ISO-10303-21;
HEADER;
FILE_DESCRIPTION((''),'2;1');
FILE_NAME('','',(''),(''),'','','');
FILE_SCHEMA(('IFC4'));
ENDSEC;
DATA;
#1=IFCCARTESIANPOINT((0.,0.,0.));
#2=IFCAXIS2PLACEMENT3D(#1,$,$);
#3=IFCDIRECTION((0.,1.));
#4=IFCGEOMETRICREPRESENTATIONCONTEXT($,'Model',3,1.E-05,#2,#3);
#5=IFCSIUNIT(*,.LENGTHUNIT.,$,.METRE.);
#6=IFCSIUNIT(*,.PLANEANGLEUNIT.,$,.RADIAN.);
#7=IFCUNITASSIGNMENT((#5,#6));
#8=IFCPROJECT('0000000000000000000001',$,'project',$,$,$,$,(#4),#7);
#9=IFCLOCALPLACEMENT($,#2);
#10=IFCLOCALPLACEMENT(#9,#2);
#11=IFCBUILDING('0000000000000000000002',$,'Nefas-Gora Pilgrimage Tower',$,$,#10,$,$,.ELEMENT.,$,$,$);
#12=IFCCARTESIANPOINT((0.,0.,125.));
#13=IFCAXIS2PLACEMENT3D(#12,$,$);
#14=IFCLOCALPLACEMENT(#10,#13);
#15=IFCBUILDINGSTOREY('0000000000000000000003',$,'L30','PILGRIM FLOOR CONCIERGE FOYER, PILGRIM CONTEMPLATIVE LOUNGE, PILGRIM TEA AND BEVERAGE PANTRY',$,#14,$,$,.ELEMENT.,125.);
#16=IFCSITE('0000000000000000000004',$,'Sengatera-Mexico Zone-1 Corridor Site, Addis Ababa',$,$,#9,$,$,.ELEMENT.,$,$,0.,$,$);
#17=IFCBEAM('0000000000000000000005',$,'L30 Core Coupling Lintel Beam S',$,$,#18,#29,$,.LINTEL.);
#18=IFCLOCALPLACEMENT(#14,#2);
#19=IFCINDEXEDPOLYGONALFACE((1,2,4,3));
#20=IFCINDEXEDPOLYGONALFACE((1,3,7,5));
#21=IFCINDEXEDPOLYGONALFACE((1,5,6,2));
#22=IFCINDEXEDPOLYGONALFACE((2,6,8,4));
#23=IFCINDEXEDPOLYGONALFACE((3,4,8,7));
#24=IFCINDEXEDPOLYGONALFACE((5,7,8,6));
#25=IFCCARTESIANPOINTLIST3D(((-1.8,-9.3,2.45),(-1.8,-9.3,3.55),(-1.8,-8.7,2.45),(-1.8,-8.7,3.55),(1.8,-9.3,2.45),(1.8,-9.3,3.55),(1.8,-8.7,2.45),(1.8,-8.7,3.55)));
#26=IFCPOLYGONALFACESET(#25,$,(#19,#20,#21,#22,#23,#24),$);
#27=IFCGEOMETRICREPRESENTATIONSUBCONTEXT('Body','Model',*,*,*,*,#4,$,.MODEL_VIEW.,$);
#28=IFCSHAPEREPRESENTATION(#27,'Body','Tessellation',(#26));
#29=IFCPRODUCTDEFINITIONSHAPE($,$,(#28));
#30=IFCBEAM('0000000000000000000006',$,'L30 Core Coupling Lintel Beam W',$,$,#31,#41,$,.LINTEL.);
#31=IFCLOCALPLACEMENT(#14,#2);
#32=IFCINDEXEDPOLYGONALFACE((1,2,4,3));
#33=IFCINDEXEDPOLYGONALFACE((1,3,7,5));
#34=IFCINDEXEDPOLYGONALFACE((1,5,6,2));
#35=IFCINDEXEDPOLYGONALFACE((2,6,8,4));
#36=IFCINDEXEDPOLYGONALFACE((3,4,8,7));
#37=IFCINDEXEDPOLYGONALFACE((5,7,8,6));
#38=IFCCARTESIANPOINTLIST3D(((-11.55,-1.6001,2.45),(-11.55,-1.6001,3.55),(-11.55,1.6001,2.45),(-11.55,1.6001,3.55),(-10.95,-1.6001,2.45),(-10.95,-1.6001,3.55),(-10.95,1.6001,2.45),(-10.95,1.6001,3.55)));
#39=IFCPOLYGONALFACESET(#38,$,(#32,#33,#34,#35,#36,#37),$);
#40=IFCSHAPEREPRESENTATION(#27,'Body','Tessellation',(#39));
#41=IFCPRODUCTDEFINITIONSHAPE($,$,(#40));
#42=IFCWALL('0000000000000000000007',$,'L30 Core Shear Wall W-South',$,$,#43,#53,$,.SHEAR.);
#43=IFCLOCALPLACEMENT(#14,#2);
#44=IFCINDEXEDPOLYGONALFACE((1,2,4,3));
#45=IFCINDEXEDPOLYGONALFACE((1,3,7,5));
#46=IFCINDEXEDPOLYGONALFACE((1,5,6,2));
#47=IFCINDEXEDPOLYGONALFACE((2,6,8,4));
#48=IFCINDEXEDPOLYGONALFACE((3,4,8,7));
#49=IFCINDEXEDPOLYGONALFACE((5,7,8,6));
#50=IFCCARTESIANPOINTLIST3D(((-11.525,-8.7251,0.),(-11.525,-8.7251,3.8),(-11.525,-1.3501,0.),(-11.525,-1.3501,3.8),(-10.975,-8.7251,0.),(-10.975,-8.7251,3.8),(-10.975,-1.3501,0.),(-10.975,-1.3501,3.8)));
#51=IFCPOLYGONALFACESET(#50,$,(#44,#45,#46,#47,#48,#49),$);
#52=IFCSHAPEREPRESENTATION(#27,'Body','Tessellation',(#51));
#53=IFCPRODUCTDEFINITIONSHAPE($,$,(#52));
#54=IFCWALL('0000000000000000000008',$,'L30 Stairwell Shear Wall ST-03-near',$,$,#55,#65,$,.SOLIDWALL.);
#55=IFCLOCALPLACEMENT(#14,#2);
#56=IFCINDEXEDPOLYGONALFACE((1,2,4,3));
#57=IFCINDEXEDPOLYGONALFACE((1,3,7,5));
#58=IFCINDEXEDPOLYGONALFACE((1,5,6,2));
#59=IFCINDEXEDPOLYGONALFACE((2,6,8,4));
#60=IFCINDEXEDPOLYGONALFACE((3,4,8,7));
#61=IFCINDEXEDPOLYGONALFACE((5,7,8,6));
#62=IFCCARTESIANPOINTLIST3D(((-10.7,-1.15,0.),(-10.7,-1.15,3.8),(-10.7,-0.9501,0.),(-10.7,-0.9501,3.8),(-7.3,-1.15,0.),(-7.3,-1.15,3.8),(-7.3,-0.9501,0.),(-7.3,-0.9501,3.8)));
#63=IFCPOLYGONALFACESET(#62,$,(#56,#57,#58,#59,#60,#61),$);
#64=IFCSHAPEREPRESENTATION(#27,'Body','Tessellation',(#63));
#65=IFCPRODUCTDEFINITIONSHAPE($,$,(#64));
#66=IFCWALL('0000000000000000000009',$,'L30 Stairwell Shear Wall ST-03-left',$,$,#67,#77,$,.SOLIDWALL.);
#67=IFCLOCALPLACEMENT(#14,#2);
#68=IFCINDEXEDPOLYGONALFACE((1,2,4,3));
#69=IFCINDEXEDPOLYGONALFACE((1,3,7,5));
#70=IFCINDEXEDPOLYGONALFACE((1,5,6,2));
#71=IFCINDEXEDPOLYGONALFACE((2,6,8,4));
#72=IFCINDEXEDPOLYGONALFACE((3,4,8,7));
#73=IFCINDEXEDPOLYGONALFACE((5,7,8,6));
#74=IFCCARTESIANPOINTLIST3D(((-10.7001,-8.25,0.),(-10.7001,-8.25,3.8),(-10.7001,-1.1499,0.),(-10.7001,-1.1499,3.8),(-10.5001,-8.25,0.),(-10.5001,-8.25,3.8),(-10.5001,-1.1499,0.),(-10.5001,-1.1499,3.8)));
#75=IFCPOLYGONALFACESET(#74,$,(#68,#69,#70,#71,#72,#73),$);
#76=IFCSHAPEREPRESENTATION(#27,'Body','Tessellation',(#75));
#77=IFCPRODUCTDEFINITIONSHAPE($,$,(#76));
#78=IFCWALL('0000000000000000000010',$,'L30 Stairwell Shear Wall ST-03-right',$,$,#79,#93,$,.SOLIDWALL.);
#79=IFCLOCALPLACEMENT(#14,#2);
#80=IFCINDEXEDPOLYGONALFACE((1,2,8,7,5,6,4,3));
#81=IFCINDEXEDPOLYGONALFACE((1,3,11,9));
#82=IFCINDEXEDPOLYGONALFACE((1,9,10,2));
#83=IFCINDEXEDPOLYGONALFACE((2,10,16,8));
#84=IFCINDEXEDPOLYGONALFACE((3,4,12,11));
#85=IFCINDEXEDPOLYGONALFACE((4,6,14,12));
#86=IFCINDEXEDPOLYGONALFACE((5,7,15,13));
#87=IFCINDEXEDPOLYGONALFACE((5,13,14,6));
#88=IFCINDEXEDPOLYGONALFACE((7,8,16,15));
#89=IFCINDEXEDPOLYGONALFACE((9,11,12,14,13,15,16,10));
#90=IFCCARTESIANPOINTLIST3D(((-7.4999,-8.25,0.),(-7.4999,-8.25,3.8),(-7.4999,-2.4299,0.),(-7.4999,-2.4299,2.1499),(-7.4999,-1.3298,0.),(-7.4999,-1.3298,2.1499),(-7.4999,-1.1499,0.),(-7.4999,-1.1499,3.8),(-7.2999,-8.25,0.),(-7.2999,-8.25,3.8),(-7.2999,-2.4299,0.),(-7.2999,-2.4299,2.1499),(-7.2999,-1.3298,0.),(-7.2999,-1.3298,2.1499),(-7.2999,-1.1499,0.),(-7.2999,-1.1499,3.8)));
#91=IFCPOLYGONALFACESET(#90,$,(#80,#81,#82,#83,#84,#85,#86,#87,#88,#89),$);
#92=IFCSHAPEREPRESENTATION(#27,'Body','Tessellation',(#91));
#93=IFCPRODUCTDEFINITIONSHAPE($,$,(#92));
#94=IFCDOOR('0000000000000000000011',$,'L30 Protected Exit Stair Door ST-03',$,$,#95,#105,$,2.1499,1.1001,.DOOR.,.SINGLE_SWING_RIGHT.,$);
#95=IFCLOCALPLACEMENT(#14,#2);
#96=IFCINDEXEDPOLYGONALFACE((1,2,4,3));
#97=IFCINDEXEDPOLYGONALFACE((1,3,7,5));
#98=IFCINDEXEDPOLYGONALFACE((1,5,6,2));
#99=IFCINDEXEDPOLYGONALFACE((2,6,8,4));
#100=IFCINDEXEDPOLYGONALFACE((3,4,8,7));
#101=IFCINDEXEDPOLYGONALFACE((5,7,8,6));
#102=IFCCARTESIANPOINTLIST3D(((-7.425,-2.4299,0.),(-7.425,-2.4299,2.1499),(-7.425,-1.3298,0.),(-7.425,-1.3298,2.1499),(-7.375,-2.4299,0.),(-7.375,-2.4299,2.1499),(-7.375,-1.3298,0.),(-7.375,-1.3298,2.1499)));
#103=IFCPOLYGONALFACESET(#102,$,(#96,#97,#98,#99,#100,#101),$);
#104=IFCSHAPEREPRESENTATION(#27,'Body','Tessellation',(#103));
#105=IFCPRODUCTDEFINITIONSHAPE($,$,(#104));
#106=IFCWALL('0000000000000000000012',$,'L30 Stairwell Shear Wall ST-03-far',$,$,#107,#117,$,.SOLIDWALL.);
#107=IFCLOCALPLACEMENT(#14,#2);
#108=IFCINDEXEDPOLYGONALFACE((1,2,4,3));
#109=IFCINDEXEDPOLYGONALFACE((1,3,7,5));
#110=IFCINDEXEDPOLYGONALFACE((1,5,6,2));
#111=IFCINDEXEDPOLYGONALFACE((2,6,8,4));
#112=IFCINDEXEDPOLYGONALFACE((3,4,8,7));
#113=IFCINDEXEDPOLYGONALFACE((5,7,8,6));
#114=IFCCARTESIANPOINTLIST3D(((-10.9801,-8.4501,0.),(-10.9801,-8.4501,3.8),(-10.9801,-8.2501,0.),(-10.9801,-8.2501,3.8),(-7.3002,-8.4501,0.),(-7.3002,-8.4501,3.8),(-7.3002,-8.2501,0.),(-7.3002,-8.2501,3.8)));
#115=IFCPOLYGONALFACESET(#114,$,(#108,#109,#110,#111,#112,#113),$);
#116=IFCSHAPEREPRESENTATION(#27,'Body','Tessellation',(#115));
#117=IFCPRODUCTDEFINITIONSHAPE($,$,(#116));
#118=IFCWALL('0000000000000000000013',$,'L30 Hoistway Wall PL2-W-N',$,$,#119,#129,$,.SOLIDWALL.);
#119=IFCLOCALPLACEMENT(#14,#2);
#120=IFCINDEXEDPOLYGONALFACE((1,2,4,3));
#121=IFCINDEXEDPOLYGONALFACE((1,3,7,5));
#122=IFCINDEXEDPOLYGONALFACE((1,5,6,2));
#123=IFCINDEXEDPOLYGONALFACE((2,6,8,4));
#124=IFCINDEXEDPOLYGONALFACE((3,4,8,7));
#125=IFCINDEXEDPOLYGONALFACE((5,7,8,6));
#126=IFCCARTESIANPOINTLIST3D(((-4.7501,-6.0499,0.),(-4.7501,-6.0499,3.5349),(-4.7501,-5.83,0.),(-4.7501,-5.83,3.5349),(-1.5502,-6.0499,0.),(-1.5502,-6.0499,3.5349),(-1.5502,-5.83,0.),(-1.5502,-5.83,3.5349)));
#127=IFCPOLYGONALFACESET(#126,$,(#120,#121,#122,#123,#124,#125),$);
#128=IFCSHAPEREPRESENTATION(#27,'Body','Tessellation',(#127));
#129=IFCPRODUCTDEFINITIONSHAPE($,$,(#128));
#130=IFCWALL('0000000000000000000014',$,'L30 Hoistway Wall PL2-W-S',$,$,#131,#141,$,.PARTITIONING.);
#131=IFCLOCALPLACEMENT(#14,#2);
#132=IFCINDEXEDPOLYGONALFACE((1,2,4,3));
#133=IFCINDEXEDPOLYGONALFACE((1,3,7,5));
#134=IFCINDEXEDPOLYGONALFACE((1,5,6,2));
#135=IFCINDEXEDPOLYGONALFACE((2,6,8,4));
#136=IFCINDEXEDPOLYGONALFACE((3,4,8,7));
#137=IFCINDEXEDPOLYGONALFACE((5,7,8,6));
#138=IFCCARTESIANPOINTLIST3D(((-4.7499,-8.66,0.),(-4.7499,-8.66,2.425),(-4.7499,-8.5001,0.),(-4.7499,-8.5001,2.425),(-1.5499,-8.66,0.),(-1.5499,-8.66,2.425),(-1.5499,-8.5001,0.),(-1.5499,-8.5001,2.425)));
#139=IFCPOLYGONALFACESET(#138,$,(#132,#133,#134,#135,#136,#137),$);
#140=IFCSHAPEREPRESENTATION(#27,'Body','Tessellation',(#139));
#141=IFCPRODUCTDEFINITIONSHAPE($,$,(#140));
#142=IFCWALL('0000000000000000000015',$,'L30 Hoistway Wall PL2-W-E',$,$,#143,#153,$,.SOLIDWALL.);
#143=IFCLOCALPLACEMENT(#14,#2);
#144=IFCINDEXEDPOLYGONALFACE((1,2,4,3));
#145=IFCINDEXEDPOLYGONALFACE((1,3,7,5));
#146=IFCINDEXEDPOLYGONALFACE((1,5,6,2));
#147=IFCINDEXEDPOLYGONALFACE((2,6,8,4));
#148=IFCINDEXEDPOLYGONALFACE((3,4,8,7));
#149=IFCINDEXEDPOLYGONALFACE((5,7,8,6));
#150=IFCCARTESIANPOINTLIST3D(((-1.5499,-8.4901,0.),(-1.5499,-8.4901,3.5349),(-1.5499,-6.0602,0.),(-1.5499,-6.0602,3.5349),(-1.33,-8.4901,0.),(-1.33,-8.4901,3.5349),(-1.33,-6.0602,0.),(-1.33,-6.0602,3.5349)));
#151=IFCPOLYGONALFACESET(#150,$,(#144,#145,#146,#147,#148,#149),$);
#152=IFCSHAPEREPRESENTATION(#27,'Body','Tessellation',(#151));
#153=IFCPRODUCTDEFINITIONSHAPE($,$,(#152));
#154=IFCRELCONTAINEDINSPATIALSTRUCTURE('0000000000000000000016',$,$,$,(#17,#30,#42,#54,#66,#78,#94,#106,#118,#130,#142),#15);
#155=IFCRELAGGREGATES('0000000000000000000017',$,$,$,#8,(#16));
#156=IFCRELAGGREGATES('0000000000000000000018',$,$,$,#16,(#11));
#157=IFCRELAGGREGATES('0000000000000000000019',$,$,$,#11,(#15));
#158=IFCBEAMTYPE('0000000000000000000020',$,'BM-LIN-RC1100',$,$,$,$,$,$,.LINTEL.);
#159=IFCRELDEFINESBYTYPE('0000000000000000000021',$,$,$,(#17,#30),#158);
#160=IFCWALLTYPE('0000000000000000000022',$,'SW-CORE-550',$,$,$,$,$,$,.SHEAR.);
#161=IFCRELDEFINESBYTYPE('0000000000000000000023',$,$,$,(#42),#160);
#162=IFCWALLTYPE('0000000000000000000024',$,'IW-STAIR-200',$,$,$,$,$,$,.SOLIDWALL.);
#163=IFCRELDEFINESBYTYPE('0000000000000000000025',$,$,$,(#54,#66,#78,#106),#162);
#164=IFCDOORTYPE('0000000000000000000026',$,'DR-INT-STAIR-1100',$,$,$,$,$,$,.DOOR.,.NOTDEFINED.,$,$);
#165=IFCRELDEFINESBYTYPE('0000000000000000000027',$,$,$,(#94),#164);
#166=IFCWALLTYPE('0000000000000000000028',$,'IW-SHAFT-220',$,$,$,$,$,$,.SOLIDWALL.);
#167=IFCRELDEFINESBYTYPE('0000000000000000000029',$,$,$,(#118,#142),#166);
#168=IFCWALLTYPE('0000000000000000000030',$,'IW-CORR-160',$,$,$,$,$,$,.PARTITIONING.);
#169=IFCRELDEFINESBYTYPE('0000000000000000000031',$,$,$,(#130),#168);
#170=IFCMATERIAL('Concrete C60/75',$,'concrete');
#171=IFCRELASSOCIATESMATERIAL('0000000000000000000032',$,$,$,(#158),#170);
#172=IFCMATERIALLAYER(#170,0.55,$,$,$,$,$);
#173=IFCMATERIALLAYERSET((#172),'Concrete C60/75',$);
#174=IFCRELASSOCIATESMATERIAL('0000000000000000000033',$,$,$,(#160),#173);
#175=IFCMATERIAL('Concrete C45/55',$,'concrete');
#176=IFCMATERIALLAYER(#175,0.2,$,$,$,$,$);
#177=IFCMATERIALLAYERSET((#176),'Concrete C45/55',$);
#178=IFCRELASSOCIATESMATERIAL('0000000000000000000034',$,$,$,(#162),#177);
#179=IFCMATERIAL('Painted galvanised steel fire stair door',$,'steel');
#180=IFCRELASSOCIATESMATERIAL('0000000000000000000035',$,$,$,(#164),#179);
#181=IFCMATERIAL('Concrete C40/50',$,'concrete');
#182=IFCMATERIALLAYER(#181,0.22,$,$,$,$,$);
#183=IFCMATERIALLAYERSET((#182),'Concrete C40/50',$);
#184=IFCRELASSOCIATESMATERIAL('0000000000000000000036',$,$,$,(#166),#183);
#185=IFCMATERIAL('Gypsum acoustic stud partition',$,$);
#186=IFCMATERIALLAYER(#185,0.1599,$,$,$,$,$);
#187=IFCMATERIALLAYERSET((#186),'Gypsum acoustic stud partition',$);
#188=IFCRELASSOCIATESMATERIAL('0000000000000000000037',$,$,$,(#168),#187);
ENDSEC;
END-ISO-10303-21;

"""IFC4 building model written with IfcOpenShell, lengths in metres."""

from ifc_helpers import new_model, si_unit, direction, frame, frame_2d, origin, origin_2d, place, context, subcontext, project, spatial, rectangle, extrude, source, transform, mapped, material, layer, layer_set, material_profile, profile_set, type_object, element, fill, save


model = new_model("IFC4")

# Units and contexts
model_context = context("Model", 3, precision=1e-05, world=origin(), true_north=direction((0.0, 1.0)))
body_context = subcontext(model_context, "Body", "Model", "MODEL_VIEW")
ifc_project = project(units=[si_unit("LENGTHUNIT", "METRE"), si_unit("PLANEANGLEUNIT", "RADIAN")], contexts=[model_context])

# Site, building, storey
site_placement = place(None, origin())
site = spatial("IfcSite", under=ifc_project, at=site_placement, Name="Sengatera-Mexico Zone-1 Corridor Site, Addis Ababa", CompositionType="ELEMENT", RefElevation=0.0)
building_placement = place(site_placement, origin())
building = spatial("IfcBuilding", under=site, at=building_placement, Name="Nefas-Gora Pilgrimage Tower", CompositionType="ELEMENT")
storey_placement = place(building_placement, frame((0.0, 0.0, 125.0)))
storey = spatial("IfcBuildingStorey", under=building, at=storey_placement, Name="L30", Description="PILGRIM FLOOR CONCIERGE FOYER, PILGRIM CONTEMPLATIVE LOUNGE, PILGRIM TEA AND BEVERAGE PANTRY", CompositionType="ELEMENT", Elevation=125.0)

# Beams
ifc_material_1 = material(Name="Concrete C60/75", Category="concrete")
ifc_material_profile = material_profile(ifc_material_1, rectangle(XDim=0.6001, YDim=1.1001, at=origin_2d()), Name="RC 600x1100")
ifc_profile_set = profile_set([ifc_material_profile], Name="Concrete C60/75")
beam_type = type_object("IfcBeamType", Name="BM-LIN-RC1100", PredefinedType="LINTEL", material=ifc_profile_set)
shared_shape_1 = source(origin(), body_context, "Body", "SweptSolid", [
    extrude(rectangle(XDim=0.6001, YDim=1.1001, at=origin_2d()), origin(), (0.0, 0.0, 1.0), 3.6001),
])
beam_1_placement = place(storey_placement, frame((-1.8, -9.0, 3.0), z_axis=(1.0, 0.0, 0.0), x_axis=(0.0, 1.0, 0.0)))
element("IfcBeam", 1, at=beam_1_placement, inside=storey, type_object=beam_type, Name="L30 Core Coupling Lintel Beam S", PredefinedType="LINTEL", context=body_context, shape_type="MappedRepresentation", body=[
    mapped(shared_shape_1, transform((0.0, 0.0, 0.0), x_axis=(1.0, 0.0, 0.0), y_axis=(0.0, 1.0, 0.0), z_axis=(0.0, 0.0, 1.0), scale=1.0)),
])
shared_shape_2 = source(origin(), body_context, "Body", "SweptSolid", [
    extrude(rectangle(XDim=0.6001, YDim=1.1001, at=origin_2d()), origin(), (0.0, 0.0, 1.0), 3.2002),
])
beam_2_placement = place(storey_placement, frame((-11.25, -1.6001, 3.0), z_axis=(0.0, 1.0, 0.0), x_axis=(-1.0, 0.0, 0.0)))
element("IfcBeam", 2, at=beam_2_placement, inside=storey, type_object=beam_type, Name="L30 Core Coupling Lintel Beam W", PredefinedType="LINTEL", context=body_context, shape_type="MappedRepresentation", body=[
    mapped(shared_shape_2, transform((0.0, 0.0, 0.0), x_axis=(1.0, 0.0, 0.0), y_axis=(0.0, 1.0, 0.0), z_axis=(0.0, 0.0, 1.0), scale=1.0)),
])

# Walls
ifc_layer_1 = layer(ifc_material_1, 0.55)
ifc_layer_set_1 = layer_set([ifc_layer_1], Name="Concrete C60/75")
wall_type_1 = type_object("IfcWallType", Name="SW-CORE-550", PredefinedType="SHEAR", material=ifc_layer_set_1)
shared_shape_3 = source(origin(), body_context, "Body", "SweptSolid", [
    extrude(rectangle(XDim=7.375, YDim=0.55, at=frame_2d((3.6875, 0.0))), origin(), (0.0, 0.0, 1.0), 3.8),
])
wall_1_placement = place(storey_placement, frame((-11.25, -8.7251, 0.0), z_axis=(0.0, 0.0, 1.0), x_axis=(0.0, 1.0, 0.0)))
element("IfcWall", 3, at=wall_1_placement, inside=storey, type_object=wall_type_1, Name="L30 Core Shear Wall W-South", PredefinedType="SHEAR", context=body_context, shape_type="MappedRepresentation", body=[
    mapped(shared_shape_3, transform((0.0, 0.0, 0.0), x_axis=(1.0, 0.0, 0.0), y_axis=(0.0, 1.0, 0.0), z_axis=(0.0, 0.0, 1.0), scale=1.0)),
])
ifc_material_2 = material(Name="Concrete C45/55", Category="concrete")
ifc_layer_2 = layer(ifc_material_2, 0.2)
ifc_layer_set_2 = layer_set([ifc_layer_2], Name="Concrete C45/55")
wall_type_2 = type_object("IfcWallType", Name="IW-STAIR-200", PredefinedType="SOLIDWALL", material=ifc_layer_set_2)
shared_shape_4 = source(origin(), body_context, "Body", "SweptSolid", [
    extrude(rectangle(XDim=3.3999, YDim=0.2, at=frame_2d((1.7, 0.0))), origin(), (0.0, 0.0, 1.0), 3.8),
])
wall_2_placement = place(storey_placement, frame((-10.7, -1.05, 0.0), z_axis=(0.0, 0.0, 1.0), x_axis=(1.0, 0.0, 0.0)))
element("IfcWall", 4, at=wall_2_placement, inside=storey, type_object=wall_type_2, Name="L30 Stairwell Shear Wall ST-03-near", PredefinedType="SOLIDWALL", context=body_context, shape_type="MappedRepresentation", body=[
    mapped(shared_shape_4, transform((0.0, 0.0, 0.0), x_axis=(1.0, 0.0, 0.0), y_axis=(0.0, 1.0, 0.0), z_axis=(0.0, 0.0, 1.0), scale=1.0)),
])
shared_shape_5 = source(origin(), body_context, "Body", "SweptSolid", [
    extrude(rectangle(XDim=7.1001, YDim=0.2, at=frame_2d((3.55, 0.0))), origin(), (0.0, 0.0, 1.0), 3.8),
])
wall_3_placement = place(storey_placement, frame((-10.6001, -1.1499, 0.0), z_axis=(0.0, 0.0, 1.0), x_axis=(0.0, -1.0, 0.0)))
element("IfcWall", 5, at=wall_3_placement, inside=storey, type_object=wall_type_2, Name="L30 Stairwell Shear Wall ST-03-left", PredefinedType="SOLIDWALL", context=body_context, shape_type="MappedRepresentation", body=[
    mapped(shared_shape_5, transform((0.0, 0.0, 0.0), x_axis=(1.0, 0.0, 0.0), y_axis=(0.0, 1.0, 0.0), z_axis=(0.0, 0.0, 1.0), scale=1.0)),
])

# Wall, opening, door
wall_4_placement = place(storey_placement, frame((-7.3999, -1.1499, 0.0), z_axis=(0.0, 0.0, 1.0), x_axis=(0.0, -1.0, 0.0)))
wall_4 = element("IfcWall", 6, at=wall_4_placement, inside=storey, type_object=wall_type_2, Name="L30 Stairwell Shear Wall ST-03-right", PredefinedType="SOLIDWALL", context=body_context, shape_type="MappedRepresentation", body=[
    mapped(shared_shape_5, transform((0.0, 0.0, 0.0), x_axis=(1.0, 0.0, 0.0), y_axis=(0.0, 1.0, 0.0), z_axis=(0.0, 0.0, 1.0), scale=1.0)),
])
opening_1_placement = place(wall_4_placement, frame((0.1799, 0.0, 0.0)))
opening_1 = element("IfcOpeningElement", 7, at=opening_1_placement, cuts=wall_4, PredefinedType="OPENING", context=body_context, shape_type="SweptSolid", body=[
    extrude(rectangle(XDim=1.1001, YDim=2.1499, at=frame_2d((0.55, 1.075))), frame((0.0, 0.1099, 0.0), z_axis=(0.0, -1.0, 0.0), x_axis=(1.0, 0.0, 0.0)), (0.0, 0.0, 1.0), 0.22),
])
ifc_material_3 = material(Name="Painted galvanised steel fire stair door", Category="steel")
door_type_1 = type_object("IfcDoorType", Name="DR-INT-STAIR-1100", OperationType="NOTDEFINED", PredefinedType="DOOR", material=ifc_material_3)
shared_shape_6 = source(origin(), body_context, "Body", "SweptSolid", [
    extrude(rectangle(XDim=1.1001, YDim=2.1499, at=frame_2d((0.55, 1.075))), frame((0.0, 0.0249, 0.0), z_axis=(0.0, -1.0, 0.0), x_axis=(1.0, 0.0, 0.0)), (0.0, 0.0, 1.0), 0.05),
])
door_1_placement = place(opening_1_placement, origin())
door_1 = element("IfcDoor", 8, at=door_1_placement, inside=storey, type_object=door_type_1, Name="L30 Protected Exit Stair Door ST-03", OperationType="SINGLE_SWING_RIGHT", OverallHeight=2.1499, OverallWidth=1.1001, PredefinedType="DOOR", context=body_context, shape_type="MappedRepresentation", body=[
    mapped(shared_shape_6, transform((0.0, 0.0, 0.0), x_axis=(1.0, 0.0, 0.0), y_axis=(0.0, 1.0, 0.0), z_axis=(0.0, 0.0, 1.0), scale=1.0)),
])
fill(opening_1, door_1)

# Walls
shared_shape_7 = source(origin(), body_context, "Body", "SweptSolid", [
    extrude(rectangle(XDim=3.6799, YDim=0.2, at=frame_2d((1.8398, 0.0))), origin(), (0.0, 0.0, 1.0), 3.8),
])
wall_5_placement = place(storey_placement, frame((-10.98, -8.3501, 0.0), z_axis=(0.0, 0.0, 1.0), x_axis=(1.0, 0.0, 0.0)))
element("IfcWall", 9, at=wall_5_placement, inside=storey, type_object=wall_type_2, Name="L30 Stairwell Shear Wall ST-03-far", PredefinedType="SOLIDWALL", context=body_context, shape_type="MappedRepresentation", body=[
    mapped(shared_shape_7, transform((0.0, 0.0, 0.0), x_axis=(1.0, 0.0, 0.0), y_axis=(0.0, 1.0, 0.0), z_axis=(0.0, 0.0, 1.0), scale=1.0)),
])
ifc_material_4 = material(Name="Concrete C40/50", Category="concrete")
ifc_layer_3 = layer(ifc_material_4, 0.22)
ifc_layer_set_3 = layer_set([ifc_layer_3], Name="Concrete C40/50")
wall_type_3 = type_object("IfcWallType", Name="IW-SHAFT-220", PredefinedType="SOLIDWALL", material=ifc_layer_set_3)
shared_shape_8 = source(origin(), body_context, "Body", "SweptSolid", [
    extrude(rectangle(XDim=3.2, YDim=0.22, at=frame_2d((1.6001, 0.0))), origin(), (0.0, 0.0, 1.0), 3.5349),
])
wall_6_placement = place(storey_placement, frame((-1.55, -5.9399, 0.0), z_axis=(0.0, 0.0, 1.0), x_axis=(-1.0, 0.0, 0.0)))
element("IfcWall", 10, at=wall_6_placement, inside=storey, type_object=wall_type_3, Name="L30 Hoistway Wall PL2-W-N", PredefinedType="SOLIDWALL", context=body_context, shape_type="MappedRepresentation", body=[
    mapped(shared_shape_8, transform((0.0, 0.0, 0.0), x_axis=(1.0, 0.0, 0.0), y_axis=(0.0, 1.0, 0.0), z_axis=(0.0, 0.0, 1.0), scale=1.0)),
])
ifc_material_5 = material(Name="Gypsum acoustic stud partition")
ifc_layer_4 = layer(ifc_material_5, 0.1599)
ifc_layer_set_4 = layer_set([ifc_layer_4], Name="Gypsum acoustic stud partition")
wall_type_4 = type_object("IfcWallType", Name="IW-CORR-160", PredefinedType="PARTITIONING", material=ifc_layer_set_4)
shared_shape_9 = source(origin(), body_context, "Body", "SweptSolid", [
    extrude(rectangle(XDim=3.2, YDim=0.1599, at=frame_2d((1.6001, 0.0))), origin(), (0.0, 0.0, 1.0), 2.425),
])
wall_7_placement = place(storey_placement, frame((-4.75, -8.5801, 0.0), z_axis=(0.0, 0.0, 1.0), x_axis=(1.0, 0.0, 0.0)))
element("IfcWall", 11, at=wall_7_placement, inside=storey, type_object=wall_type_4, Name="L30 Hoistway Wall PL2-W-S", PredefinedType="PARTITIONING", context=body_context, shape_type="MappedRepresentation", body=[
    mapped(shared_shape_9, transform((0.0, 0.0, 0.0), x_axis=(1.0, 0.0, 0.0), y_axis=(0.0, 1.0, 0.0), z_axis=(0.0, 0.0, 1.0), scale=1.0)),
])
shared_shape_10 = source(origin(), body_context, "Body", "SweptSolid", [
    extrude(rectangle(XDim=2.4299, YDim=0.22, at=frame_2d((1.2148, 0.0))), origin(), (0.0, 0.0, 1.0), 3.5349),
])
for number, where, z_axis, x_axis, name in (
    (12, (-1.4399, -8.49, 0.0), (0.0, 0.0, 1.0), (0.0, 1.0, 0.0), "L30 Hoistway Wall PL2-W-E"),
):
    element("IfcWall", number, at=place(storey_placement, frame(where, z_axis=z_axis, x_axis=x_axis)), inside=storey, type_object=wall_type_3, Name=name, PredefinedType="SOLIDWALL", context=body_context, shape_type="MappedRepresentation", body=[
        mapped(shared_shape_10, transform((0.0, 0.0, 0.0), x_axis=(1.0, 0.0, 0.0), y_axis=(0.0, 1.0, 0.0), z_axis=(0.0, 0.0, 1.0), scale=1.0)),
    ])

save(model, "model.ifc")
